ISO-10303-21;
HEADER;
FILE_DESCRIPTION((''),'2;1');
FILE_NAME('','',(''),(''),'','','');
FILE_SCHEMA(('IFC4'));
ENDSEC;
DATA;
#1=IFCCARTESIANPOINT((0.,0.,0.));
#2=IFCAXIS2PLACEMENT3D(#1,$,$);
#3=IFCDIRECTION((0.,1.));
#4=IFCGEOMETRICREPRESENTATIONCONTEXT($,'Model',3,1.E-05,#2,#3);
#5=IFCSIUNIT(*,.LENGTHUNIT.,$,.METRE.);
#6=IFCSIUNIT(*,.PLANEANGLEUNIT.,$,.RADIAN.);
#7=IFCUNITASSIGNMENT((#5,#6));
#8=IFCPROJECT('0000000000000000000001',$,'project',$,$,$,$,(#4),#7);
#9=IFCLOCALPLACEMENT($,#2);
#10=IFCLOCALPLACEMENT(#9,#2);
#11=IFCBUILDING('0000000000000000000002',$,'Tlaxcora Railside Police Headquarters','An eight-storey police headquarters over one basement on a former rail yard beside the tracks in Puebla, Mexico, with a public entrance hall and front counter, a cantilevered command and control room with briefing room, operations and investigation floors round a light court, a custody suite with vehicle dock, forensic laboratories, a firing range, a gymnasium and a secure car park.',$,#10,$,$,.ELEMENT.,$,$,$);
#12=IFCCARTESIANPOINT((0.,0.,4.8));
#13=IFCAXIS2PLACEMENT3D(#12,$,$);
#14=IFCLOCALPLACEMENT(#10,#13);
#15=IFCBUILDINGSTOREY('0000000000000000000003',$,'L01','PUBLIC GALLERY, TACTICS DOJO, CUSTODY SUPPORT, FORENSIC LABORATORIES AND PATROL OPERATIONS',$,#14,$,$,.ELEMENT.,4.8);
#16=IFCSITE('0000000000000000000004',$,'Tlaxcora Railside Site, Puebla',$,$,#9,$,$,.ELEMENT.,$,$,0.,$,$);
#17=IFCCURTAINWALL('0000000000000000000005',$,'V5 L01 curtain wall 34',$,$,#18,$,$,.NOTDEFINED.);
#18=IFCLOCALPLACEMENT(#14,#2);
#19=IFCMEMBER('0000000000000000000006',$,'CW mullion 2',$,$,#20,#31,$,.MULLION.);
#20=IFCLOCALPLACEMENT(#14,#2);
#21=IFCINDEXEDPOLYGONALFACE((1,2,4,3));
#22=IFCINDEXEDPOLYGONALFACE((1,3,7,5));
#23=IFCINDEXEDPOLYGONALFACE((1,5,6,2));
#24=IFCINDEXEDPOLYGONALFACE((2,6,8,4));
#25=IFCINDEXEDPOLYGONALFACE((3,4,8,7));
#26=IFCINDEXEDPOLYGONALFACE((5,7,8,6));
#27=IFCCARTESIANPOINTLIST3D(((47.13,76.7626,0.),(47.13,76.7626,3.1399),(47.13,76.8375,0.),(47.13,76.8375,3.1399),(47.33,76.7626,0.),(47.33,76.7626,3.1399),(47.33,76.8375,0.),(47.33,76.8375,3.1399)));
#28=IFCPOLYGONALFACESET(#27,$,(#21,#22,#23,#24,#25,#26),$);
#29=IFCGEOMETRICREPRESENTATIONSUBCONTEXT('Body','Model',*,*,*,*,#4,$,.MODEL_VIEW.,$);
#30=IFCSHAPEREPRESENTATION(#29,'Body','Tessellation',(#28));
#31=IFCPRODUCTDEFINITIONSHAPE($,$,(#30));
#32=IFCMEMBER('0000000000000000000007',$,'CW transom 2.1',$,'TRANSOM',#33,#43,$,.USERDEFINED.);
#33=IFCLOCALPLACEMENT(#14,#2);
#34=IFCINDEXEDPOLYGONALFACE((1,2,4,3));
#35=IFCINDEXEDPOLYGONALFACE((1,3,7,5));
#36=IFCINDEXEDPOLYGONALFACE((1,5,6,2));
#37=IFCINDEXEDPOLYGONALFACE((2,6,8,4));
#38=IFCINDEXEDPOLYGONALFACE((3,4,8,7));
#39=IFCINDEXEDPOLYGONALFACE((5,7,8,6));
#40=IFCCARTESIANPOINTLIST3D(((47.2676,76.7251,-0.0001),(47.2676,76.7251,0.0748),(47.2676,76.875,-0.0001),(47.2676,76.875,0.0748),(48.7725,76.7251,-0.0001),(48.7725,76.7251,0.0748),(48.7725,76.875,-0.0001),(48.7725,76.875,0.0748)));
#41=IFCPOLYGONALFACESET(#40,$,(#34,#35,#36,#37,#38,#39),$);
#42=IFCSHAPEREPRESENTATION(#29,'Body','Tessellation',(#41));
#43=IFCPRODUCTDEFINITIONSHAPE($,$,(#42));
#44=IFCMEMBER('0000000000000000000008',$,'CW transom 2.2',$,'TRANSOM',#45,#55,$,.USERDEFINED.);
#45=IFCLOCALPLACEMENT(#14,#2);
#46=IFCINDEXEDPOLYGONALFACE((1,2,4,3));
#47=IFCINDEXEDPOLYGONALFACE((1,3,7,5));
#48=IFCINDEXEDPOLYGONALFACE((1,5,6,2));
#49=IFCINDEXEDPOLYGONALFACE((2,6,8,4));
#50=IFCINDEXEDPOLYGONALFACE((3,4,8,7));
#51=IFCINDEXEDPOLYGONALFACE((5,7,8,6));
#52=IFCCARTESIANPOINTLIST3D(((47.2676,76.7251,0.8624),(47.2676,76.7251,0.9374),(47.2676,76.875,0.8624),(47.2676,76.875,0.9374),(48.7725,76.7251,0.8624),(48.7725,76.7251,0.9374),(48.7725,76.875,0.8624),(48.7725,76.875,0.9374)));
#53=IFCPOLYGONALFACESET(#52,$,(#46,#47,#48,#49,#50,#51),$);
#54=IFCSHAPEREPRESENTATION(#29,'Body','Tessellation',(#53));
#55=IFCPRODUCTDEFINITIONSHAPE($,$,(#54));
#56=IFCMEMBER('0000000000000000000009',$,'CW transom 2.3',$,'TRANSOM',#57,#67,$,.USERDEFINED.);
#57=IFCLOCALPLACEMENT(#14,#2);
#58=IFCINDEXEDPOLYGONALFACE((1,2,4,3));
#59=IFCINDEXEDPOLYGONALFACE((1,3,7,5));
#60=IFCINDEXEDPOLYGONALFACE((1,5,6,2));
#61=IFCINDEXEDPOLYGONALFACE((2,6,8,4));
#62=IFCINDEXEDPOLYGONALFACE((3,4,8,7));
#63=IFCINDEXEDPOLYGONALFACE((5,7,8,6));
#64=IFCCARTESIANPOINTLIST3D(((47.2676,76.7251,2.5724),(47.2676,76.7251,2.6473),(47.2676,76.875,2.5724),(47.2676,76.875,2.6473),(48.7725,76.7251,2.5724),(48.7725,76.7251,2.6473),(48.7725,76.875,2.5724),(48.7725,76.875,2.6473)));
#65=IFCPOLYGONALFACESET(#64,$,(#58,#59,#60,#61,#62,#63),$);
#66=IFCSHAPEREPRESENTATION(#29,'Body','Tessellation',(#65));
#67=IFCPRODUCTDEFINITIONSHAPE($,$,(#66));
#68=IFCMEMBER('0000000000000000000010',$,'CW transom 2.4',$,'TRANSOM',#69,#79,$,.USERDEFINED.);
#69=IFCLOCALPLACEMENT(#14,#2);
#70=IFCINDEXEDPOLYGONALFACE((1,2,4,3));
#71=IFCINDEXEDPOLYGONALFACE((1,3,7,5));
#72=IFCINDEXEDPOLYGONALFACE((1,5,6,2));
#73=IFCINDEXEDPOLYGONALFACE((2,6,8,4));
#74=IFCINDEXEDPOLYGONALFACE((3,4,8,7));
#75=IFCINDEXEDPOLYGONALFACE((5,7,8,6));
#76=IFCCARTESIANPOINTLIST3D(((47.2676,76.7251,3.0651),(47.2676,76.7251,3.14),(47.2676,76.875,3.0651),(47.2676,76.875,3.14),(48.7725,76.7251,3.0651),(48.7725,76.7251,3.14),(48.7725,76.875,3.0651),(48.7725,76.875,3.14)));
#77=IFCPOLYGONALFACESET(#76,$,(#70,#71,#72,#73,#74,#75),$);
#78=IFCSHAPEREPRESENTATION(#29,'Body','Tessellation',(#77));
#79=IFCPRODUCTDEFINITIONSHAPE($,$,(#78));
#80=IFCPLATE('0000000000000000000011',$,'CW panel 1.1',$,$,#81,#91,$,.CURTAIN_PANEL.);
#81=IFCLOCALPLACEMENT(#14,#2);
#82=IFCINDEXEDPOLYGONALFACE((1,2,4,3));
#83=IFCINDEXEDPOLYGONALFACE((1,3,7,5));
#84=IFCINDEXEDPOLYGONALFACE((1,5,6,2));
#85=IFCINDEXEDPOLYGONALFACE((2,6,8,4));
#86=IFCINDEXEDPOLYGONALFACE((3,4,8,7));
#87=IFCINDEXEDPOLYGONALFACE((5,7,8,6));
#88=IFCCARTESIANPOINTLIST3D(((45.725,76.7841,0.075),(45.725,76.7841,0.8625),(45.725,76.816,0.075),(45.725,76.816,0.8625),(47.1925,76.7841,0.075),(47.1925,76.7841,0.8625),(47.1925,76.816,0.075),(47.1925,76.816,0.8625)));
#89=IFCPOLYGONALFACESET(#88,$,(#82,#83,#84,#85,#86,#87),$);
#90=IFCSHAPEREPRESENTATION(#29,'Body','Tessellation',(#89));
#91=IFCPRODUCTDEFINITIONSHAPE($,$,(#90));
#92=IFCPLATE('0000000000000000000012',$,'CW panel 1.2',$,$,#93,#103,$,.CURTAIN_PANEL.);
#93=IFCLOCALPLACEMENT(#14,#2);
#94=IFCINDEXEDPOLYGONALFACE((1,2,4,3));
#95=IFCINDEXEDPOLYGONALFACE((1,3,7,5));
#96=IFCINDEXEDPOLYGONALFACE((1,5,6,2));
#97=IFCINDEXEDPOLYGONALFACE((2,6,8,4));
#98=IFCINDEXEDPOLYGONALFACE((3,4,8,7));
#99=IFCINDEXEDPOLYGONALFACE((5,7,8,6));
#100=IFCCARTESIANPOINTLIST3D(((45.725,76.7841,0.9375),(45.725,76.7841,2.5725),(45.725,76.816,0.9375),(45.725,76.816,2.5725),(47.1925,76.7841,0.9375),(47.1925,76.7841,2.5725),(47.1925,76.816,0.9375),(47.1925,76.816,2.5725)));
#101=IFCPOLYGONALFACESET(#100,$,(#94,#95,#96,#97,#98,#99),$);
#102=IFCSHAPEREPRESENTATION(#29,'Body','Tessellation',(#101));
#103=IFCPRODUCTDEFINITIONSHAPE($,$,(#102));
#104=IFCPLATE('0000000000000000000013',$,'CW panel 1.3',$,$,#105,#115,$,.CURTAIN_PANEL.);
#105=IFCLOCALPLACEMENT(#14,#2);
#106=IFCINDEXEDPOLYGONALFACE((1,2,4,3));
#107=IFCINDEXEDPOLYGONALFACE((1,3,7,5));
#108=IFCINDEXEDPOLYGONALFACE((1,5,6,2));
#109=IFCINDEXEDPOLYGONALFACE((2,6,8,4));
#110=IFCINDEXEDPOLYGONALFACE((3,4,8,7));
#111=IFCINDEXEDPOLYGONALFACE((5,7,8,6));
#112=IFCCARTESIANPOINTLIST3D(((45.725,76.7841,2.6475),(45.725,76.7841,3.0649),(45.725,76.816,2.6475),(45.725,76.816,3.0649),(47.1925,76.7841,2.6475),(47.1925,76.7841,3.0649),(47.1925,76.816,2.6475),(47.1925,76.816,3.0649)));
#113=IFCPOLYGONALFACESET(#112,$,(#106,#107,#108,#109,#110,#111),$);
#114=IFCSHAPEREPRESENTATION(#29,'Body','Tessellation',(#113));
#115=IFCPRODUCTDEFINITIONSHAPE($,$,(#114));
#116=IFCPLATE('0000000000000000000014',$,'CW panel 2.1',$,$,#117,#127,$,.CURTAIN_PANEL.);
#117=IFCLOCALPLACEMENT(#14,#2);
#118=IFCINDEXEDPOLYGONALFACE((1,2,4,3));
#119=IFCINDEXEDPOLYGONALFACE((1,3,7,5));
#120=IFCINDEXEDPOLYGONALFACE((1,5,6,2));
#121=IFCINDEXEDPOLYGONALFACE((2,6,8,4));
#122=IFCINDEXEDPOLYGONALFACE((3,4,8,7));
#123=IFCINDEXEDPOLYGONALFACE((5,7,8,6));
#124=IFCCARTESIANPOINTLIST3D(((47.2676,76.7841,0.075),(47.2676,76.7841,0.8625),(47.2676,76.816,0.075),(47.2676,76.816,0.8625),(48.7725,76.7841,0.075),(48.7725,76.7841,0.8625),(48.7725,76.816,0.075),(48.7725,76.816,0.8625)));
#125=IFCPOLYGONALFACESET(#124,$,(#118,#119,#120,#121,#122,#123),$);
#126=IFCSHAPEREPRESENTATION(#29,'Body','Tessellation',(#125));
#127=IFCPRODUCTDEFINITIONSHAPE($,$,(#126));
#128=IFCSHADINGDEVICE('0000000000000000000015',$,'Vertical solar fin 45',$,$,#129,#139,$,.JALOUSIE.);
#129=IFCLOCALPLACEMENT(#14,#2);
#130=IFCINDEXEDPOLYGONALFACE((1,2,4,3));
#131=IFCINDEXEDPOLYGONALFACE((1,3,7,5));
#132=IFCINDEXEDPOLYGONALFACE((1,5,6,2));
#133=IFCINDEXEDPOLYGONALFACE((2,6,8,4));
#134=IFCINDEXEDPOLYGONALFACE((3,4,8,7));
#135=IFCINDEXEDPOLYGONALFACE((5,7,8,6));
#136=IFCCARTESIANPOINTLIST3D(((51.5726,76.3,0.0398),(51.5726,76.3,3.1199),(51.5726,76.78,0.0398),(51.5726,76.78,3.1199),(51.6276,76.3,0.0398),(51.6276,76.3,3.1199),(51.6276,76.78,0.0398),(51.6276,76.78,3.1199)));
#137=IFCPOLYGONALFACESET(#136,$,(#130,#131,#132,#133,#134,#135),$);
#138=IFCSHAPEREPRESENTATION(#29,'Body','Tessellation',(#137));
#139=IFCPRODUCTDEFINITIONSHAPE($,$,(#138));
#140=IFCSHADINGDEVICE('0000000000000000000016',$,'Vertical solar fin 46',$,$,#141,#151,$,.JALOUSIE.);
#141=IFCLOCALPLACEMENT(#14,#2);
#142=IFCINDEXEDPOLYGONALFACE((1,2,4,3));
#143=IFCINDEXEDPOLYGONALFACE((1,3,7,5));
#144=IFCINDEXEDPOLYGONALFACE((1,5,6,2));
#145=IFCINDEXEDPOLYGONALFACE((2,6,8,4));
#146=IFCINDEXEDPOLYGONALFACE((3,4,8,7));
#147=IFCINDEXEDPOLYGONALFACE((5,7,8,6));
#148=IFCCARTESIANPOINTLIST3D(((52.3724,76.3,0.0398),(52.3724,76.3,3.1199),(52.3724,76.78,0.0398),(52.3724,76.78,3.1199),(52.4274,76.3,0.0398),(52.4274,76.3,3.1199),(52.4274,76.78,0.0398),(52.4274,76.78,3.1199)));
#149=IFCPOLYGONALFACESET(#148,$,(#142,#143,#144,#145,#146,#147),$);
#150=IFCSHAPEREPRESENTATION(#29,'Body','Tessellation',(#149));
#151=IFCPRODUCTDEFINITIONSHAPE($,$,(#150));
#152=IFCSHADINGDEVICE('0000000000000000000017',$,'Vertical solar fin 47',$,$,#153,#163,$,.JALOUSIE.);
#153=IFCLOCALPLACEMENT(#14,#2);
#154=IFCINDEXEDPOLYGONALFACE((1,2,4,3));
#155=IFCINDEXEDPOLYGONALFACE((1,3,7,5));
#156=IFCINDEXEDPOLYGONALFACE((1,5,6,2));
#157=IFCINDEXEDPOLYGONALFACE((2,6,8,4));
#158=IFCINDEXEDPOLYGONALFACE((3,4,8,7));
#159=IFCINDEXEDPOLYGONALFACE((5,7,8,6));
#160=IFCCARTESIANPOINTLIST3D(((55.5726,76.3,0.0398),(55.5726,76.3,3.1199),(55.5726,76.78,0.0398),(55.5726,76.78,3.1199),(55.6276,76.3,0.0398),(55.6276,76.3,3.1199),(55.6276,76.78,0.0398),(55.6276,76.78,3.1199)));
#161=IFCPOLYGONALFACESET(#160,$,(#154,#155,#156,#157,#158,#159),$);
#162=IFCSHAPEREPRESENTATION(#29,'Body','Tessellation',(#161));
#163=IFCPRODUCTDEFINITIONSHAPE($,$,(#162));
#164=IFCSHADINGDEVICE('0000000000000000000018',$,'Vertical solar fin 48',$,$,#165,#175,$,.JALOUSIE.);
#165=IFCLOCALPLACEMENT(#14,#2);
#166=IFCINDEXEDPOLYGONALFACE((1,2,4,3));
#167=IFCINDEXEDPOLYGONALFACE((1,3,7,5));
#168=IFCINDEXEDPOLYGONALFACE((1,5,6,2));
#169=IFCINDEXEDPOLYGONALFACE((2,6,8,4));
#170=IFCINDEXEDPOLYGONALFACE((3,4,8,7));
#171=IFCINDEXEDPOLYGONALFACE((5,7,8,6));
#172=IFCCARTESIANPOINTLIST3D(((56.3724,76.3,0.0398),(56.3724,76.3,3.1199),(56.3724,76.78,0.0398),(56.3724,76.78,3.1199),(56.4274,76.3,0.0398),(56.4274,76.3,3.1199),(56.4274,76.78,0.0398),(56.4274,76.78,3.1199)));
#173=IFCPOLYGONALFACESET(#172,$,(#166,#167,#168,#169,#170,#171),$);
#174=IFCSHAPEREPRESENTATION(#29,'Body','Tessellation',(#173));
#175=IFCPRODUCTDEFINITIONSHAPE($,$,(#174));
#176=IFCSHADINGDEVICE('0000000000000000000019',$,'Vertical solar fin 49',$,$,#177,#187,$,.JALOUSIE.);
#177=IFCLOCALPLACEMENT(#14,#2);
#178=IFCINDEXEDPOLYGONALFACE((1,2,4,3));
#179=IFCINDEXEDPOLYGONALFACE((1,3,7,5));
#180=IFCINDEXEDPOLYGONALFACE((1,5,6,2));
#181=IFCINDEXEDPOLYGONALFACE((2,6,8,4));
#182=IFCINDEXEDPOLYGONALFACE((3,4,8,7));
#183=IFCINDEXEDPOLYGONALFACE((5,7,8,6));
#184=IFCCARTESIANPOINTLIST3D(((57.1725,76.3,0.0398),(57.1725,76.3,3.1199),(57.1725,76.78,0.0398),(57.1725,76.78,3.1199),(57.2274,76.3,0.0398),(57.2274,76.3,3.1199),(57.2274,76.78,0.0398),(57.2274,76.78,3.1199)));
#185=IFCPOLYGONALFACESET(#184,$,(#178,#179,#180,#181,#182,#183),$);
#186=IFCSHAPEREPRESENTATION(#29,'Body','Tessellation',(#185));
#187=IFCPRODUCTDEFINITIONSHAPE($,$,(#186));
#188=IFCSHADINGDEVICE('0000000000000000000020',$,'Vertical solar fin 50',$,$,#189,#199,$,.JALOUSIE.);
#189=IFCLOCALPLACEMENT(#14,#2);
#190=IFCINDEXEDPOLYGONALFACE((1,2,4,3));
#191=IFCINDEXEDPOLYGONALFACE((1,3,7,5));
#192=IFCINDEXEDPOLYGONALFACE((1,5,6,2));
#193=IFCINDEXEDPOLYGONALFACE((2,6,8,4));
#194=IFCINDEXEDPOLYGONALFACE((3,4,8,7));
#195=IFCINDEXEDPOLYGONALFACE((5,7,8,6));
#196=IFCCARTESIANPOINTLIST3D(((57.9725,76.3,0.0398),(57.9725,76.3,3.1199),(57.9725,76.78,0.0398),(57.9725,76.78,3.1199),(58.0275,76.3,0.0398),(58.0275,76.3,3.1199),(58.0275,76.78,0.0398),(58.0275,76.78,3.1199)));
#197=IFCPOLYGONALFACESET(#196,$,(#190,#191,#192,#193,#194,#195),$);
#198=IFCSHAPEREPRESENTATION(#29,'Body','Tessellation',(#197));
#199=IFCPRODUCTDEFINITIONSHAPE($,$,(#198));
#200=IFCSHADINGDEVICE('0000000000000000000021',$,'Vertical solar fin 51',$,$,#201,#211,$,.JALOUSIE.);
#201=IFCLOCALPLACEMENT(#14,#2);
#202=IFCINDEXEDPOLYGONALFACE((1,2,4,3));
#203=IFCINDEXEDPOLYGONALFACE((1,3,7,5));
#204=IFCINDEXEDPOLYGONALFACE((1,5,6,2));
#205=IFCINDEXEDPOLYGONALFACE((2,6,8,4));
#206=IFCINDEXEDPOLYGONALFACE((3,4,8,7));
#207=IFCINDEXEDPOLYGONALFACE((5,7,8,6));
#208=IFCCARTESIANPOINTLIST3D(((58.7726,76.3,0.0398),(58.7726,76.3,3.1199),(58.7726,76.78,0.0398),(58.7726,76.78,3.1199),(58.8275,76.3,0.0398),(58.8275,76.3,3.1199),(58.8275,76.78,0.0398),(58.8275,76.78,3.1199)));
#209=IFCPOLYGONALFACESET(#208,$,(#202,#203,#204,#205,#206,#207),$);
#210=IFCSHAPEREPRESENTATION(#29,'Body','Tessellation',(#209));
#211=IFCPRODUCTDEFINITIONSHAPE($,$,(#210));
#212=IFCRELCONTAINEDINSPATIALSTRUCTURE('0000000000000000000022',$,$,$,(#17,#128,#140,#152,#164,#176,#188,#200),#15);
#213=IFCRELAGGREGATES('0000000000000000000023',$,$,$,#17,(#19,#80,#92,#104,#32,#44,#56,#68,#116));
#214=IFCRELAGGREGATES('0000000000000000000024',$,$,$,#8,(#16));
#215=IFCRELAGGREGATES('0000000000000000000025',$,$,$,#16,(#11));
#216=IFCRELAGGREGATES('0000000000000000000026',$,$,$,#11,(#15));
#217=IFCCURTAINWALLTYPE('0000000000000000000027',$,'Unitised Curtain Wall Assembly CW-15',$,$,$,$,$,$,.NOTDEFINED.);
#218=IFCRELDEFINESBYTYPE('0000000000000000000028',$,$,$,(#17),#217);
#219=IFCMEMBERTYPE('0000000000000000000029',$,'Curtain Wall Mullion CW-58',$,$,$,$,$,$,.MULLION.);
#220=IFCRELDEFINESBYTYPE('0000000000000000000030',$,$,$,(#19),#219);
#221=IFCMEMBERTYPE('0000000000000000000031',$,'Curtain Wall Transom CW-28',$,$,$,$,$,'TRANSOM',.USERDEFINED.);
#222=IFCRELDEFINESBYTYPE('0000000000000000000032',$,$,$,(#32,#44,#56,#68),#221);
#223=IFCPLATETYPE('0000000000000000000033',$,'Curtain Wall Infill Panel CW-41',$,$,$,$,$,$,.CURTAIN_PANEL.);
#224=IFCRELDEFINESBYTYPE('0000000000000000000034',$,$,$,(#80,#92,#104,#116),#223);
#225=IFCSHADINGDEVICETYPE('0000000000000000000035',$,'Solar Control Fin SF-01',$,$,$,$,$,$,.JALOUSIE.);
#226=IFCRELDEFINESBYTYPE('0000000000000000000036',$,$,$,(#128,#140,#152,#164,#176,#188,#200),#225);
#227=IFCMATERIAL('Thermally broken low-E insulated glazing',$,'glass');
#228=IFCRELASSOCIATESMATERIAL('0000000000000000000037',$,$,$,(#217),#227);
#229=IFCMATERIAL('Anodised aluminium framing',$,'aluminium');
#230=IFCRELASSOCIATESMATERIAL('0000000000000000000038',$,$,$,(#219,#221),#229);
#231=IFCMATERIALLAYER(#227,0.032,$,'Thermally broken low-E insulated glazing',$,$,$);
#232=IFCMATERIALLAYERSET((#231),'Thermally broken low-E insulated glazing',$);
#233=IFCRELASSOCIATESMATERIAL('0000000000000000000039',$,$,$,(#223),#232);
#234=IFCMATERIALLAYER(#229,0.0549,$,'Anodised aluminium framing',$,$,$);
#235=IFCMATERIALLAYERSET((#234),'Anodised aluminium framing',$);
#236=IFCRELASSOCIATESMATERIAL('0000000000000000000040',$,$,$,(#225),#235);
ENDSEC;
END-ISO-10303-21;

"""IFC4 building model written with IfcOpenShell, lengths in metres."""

from ifc_helpers import new_model, si_unit, direction, frame, origin, origin_2d, place, context, subcontext, project, spatial, rectangle, extrude, material, layer, layer_set, material_profile, profile_set, type_object, element, aggregate, save


model = new_model("IFC4")

# Units and contexts
model_context = context("Model", 3, precision=1e-05, world=origin(), true_north=direction((0.0, 1.0)))
body_context = subcontext(model_context, "Body", "Model", "MODEL_VIEW")
ifc_project = project(units=[si_unit("LENGTHUNIT", "METRE"), si_unit("PLANEANGLEUNIT", "RADIAN")], contexts=[model_context])

# Site, building, storey
site_placement = place(None, origin())
site = spatial("IfcSite", under=ifc_project, at=site_placement, Name="Tlaxcora Railside Site, Puebla", CompositionType="ELEMENT", RefElevation=0.0)
building_placement = place(site_placement, origin())
building = spatial("IfcBuilding", under=site, at=building_placement, Name="Tlaxcora Railside Police Headquarters", Description="An eight-storey police headquarters over one basement on a former rail yard beside the tracks in Puebla, Mexico, with a public entrance hall and front counter, a cantilevered command and control room with briefing room, operations and investigation floors round a light court, a custody suite with vehicle dock, forensic laboratories, a firing range, a gymnasium and a secure car park.", CompositionType="ELEMENT")
storey_placement = place(building_placement, frame((0.0, 0.0, 4.8)))
storey = spatial("IfcBuildingStorey", under=building, at=storey_placement, Name="L01", Description="PUBLIC GALLERY, TACTICS DOJO, CUSTODY SUPPORT, FORENSIC LABORATORIES AND PATROL OPERATIONS", CompositionType="ELEMENT", Elevation=4.8)

# Curtain wall, members, plates
ifc_material_1 = material(Name="Thermally broken low-E insulated glazing", Category="glass")
curtain_wall_type = type_object("IfcCurtainWallType", Name="Unitised Curtain Wall Assembly CW-15", PredefinedType="NOTDEFINED", material=ifc_material_1)
curtain_wall_placement = place(storey_placement, origin())
curtain_wall = element("IfcCurtainWall", 1, at=curtain_wall_placement, inside=storey, type_object=curtain_wall_type, Name="V5 L01 curtain wall 34", PredefinedType="NOTDEFINED")
ifc_material_2 = material(Name="Anodised aluminium framing", Category="aluminium")
ifc_material_profile_1 = material_profile(ifc_material_2, rectangle(XDim=0.075, YDim=0.2, at=origin_2d()), Name="AL75X200")
ifc_profile_set_1 = profile_set([ifc_material_profile_1], Name="Anodised aluminium framing")
member_type_1 = type_object("IfcMemberType", Name="Curtain Wall Mullion CW-58", PredefinedType="MULLION", material=ifc_profile_set_1)
member_1_placement = place(storey_placement, frame((47.23, 76.8, 0.0), z_axis=(0.0, 0.0, 1.0), x_axis=(0.0, 1.0, 0.0)))
member_1 = element("IfcMember", 2, at=member_1_placement, type_object=member_type_1, Name="CW mullion 2", PredefinedType="MULLION", context=body_context, shape_type="SweptSolid", body=[
    extrude(rectangle(XDim=0.075, YDim=0.2, at=origin_2d()), origin(), (0.0, 0.0, 1.0), 3.1399),
])
ifc_material_profile_2 = material_profile(ifc_material_2, rectangle(XDim=0.1499, YDim=0.075, at=origin_2d()), Name="AL75X150")
ifc_profile_set_2 = profile_set([ifc_material_profile_2], Name="Anodised aluminium framing")
member_type_2 = type_object("IfcMemberType", Name="Curtain Wall Transom CW-28", ElementType="TRANSOM", PredefinedType="USERDEFINED", material=ifc_profile_set_2)
member_2_placement = place(storey_placement, frame((47.2676, 76.8, 0.0374), z_axis=(1.0, 0.0, 0.0), x_axis=(0.0, 1.0, 0.0)))
member_2 = element("IfcMember", 3, at=member_2_placement, type_object=member_type_2, Name="CW transom 2.1", ObjectType="TRANSOM", PredefinedType="USERDEFINED", context=body_context, shape_type="SweptSolid", body=[
    extrude(rectangle(XDim=0.1499, YDim=0.075, at=origin_2d()), origin(), (0.0, 0.0, 1.0), 1.5049),
])
member_3_placement = place(storey_placement, frame((47.2676, 76.8, 0.8999), z_axis=(1.0, 0.0, 0.0), x_axis=(0.0, 1.0, 0.0)))
member_3 = element("IfcMember", 4, at=member_3_placement, type_object=member_type_2, Name="CW transom 2.2", ObjectType="TRANSOM", PredefinedType="USERDEFINED", context=body_context, shape_type="SweptSolid", body=[
    extrude(rectangle(XDim=0.1499, YDim=0.075, at=origin_2d()), origin(), (0.0, 0.0, 1.0), 1.5049),
])
member_4_placement = place(storey_placement, frame((47.2676, 76.8, 2.6099), z_axis=(1.0, 0.0, 0.0), x_axis=(0.0, 1.0, 0.0)))
member_4 = element("IfcMember", 5, at=member_4_placement, type_object=member_type_2, Name="CW transom 2.3", ObjectType="TRANSOM", PredefinedType="USERDEFINED", context=body_context, shape_type="SweptSolid", body=[
    extrude(rectangle(XDim=0.1499, YDim=0.075, at=origin_2d()), origin(), (0.0, 0.0, 1.0), 1.5049),
])
member_5_placement = place(storey_placement, frame((47.2676, 76.8, 3.1025), z_axis=(1.0, 0.0, 0.0), x_axis=(0.0, 1.0, 0.0)))
member_5 = element("IfcMember", 6, at=member_5_placement, type_object=member_type_2, Name="CW transom 2.4", ObjectType="TRANSOM", PredefinedType="USERDEFINED", context=body_context, shape_type="SweptSolid", body=[
    extrude(rectangle(XDim=0.1499, YDim=0.075, at=origin_2d()), origin(), (0.0, 0.0, 1.0), 1.5049),
])
ifc_layer_1 = layer(ifc_material_1, 0.032, Name="Thermally broken low-E insulated glazing")
ifc_layer_set_1 = layer_set([ifc_layer_1], Name="Thermally broken low-E insulated glazing")
plate_type = type_object("IfcPlateType", Name="Curtain Wall Infill Panel CW-41", PredefinedType="CURTAIN_PANEL", material=ifc_layer_set_1)
plate_1_placement = place(storey_placement, frame((46.4587, 76.8, 0.075), z_axis=(0.0, 0.0, 1.0), x_axis=(1.0, 0.0, 0.0)))
plate_1 = element("IfcPlate", 7, at=plate_1_placement, type_object=plate_type, Name="CW panel 1.1", PredefinedType="CURTAIN_PANEL", context=body_context, shape_type="SweptSolid", body=[
    extrude(rectangle(XDim=1.4675, YDim=0.032, at=origin_2d()), origin(), (0.0, 0.0, 1.0), 0.7876),
])
plate_2_placement = place(storey_placement, frame((46.4587, 76.8, 0.9375), z_axis=(0.0, 0.0, 1.0), x_axis=(1.0, 0.0, 0.0)))
plate_2 = element("IfcPlate", 8, at=plate_2_placement, type_object=plate_type, Name="CW panel 1.2", PredefinedType="CURTAIN_PANEL", context=body_context, shape_type="SweptSolid", body=[
    extrude(rectangle(XDim=1.4675, YDim=0.032, at=origin_2d()), origin(), (0.0, 0.0, 1.0), 1.635),
])
plate_3_placement = place(storey_placement, frame((46.4587, 76.8, 2.6475), z_axis=(0.0, 0.0, 1.0), x_axis=(1.0, 0.0, 0.0)))
plate_3 = element("IfcPlate", 9, at=plate_3_placement, type_object=plate_type, Name="CW panel 1.3", PredefinedType="CURTAIN_PANEL", context=body_context, shape_type="SweptSolid", body=[
    extrude(rectangle(XDim=1.4675, YDim=0.032, at=origin_2d()), origin(), (0.0, 0.0, 1.0), 0.4175),
])
plate_4_placement = place(storey_placement, frame((48.02, 76.8, 0.075), z_axis=(0.0, 0.0, 1.0), x_axis=(1.0, 0.0, 0.0)))
plate_4 = element("IfcPlate", 10, at=plate_4_placement, type_object=plate_type, Name="CW panel 2.1", PredefinedType="CURTAIN_PANEL", context=body_context, shape_type="SweptSolid", body=[
    extrude(rectangle(XDim=1.5049, YDim=0.032, at=origin_2d()), origin(), (0.0, 0.0, 1.0), 0.7876),
])
aggregate(curtain_wall, [member_1, plate_1, plate_2, plate_3, member_2, member_3, member_4, member_5, plate_4])

# Shading devices
ifc_layer_2 = layer(ifc_material_2, 0.0549, Name="Anodised aluminium framing")
ifc_layer_set_2 = layer_set([ifc_layer_2], Name="Anodised aluminium framing")
shading_device_type = type_object("IfcShadingDeviceType", Name="Solar Control Fin SF-01", PredefinedType="JALOUSIE", material=ifc_layer_set_2)
for number, where, z_axis, x_axis, name in (
    (11, (51.6001, 76.54, 0.0398), (0.0, 0.0, 1.0), (0.0, -1.0, 0.0), "Vertical solar fin 45"),
    (12, (52.3999, 76.54, 0.0398), (0.0, 0.0, 1.0), (0.0, -1.0, 0.0), "Vertical solar fin 46"),
    (13, (55.6001, 76.54, 0.0398), (0.0, 0.0, 1.0), (0.0, -1.0, 0.0), "Vertical solar fin 47"),
    (14, (56.3999, 76.54, 0.0398), (0.0, 0.0, 1.0), (0.0, -1.0, 0.0), "Vertical solar fin 48"),
    (15, (57.2, 76.54, 0.0398), (0.0, 0.0, 1.0), (0.0, -1.0, 0.0), "Vertical solar fin 49"),
    (16, (58.0, 76.54, 0.0398), (0.0, 0.0, 1.0), (0.0, -1.0, 0.0), "Vertical solar fin 50"),
    (17, (58.8, 76.54, 0.0398), (0.0, 0.0, 1.0), (0.0, -1.0, 0.0), "Vertical solar fin 51"),
):
    element("IfcShadingDevice", number, at=place(storey_placement, frame(where, z_axis=z_axis, x_axis=x_axis)), inside=storey, type_object=shading_device_type, Name=name, PredefinedType="JALOUSIE", context=body_context, shape_type="SweptSolid", body=[
        extrude(rectangle(XDim=0.48, YDim=0.0549, at=origin_2d()), origin(), (0.0, 0.0, 1.0), 3.0801),
    ])

save(model, "model.ifc")
